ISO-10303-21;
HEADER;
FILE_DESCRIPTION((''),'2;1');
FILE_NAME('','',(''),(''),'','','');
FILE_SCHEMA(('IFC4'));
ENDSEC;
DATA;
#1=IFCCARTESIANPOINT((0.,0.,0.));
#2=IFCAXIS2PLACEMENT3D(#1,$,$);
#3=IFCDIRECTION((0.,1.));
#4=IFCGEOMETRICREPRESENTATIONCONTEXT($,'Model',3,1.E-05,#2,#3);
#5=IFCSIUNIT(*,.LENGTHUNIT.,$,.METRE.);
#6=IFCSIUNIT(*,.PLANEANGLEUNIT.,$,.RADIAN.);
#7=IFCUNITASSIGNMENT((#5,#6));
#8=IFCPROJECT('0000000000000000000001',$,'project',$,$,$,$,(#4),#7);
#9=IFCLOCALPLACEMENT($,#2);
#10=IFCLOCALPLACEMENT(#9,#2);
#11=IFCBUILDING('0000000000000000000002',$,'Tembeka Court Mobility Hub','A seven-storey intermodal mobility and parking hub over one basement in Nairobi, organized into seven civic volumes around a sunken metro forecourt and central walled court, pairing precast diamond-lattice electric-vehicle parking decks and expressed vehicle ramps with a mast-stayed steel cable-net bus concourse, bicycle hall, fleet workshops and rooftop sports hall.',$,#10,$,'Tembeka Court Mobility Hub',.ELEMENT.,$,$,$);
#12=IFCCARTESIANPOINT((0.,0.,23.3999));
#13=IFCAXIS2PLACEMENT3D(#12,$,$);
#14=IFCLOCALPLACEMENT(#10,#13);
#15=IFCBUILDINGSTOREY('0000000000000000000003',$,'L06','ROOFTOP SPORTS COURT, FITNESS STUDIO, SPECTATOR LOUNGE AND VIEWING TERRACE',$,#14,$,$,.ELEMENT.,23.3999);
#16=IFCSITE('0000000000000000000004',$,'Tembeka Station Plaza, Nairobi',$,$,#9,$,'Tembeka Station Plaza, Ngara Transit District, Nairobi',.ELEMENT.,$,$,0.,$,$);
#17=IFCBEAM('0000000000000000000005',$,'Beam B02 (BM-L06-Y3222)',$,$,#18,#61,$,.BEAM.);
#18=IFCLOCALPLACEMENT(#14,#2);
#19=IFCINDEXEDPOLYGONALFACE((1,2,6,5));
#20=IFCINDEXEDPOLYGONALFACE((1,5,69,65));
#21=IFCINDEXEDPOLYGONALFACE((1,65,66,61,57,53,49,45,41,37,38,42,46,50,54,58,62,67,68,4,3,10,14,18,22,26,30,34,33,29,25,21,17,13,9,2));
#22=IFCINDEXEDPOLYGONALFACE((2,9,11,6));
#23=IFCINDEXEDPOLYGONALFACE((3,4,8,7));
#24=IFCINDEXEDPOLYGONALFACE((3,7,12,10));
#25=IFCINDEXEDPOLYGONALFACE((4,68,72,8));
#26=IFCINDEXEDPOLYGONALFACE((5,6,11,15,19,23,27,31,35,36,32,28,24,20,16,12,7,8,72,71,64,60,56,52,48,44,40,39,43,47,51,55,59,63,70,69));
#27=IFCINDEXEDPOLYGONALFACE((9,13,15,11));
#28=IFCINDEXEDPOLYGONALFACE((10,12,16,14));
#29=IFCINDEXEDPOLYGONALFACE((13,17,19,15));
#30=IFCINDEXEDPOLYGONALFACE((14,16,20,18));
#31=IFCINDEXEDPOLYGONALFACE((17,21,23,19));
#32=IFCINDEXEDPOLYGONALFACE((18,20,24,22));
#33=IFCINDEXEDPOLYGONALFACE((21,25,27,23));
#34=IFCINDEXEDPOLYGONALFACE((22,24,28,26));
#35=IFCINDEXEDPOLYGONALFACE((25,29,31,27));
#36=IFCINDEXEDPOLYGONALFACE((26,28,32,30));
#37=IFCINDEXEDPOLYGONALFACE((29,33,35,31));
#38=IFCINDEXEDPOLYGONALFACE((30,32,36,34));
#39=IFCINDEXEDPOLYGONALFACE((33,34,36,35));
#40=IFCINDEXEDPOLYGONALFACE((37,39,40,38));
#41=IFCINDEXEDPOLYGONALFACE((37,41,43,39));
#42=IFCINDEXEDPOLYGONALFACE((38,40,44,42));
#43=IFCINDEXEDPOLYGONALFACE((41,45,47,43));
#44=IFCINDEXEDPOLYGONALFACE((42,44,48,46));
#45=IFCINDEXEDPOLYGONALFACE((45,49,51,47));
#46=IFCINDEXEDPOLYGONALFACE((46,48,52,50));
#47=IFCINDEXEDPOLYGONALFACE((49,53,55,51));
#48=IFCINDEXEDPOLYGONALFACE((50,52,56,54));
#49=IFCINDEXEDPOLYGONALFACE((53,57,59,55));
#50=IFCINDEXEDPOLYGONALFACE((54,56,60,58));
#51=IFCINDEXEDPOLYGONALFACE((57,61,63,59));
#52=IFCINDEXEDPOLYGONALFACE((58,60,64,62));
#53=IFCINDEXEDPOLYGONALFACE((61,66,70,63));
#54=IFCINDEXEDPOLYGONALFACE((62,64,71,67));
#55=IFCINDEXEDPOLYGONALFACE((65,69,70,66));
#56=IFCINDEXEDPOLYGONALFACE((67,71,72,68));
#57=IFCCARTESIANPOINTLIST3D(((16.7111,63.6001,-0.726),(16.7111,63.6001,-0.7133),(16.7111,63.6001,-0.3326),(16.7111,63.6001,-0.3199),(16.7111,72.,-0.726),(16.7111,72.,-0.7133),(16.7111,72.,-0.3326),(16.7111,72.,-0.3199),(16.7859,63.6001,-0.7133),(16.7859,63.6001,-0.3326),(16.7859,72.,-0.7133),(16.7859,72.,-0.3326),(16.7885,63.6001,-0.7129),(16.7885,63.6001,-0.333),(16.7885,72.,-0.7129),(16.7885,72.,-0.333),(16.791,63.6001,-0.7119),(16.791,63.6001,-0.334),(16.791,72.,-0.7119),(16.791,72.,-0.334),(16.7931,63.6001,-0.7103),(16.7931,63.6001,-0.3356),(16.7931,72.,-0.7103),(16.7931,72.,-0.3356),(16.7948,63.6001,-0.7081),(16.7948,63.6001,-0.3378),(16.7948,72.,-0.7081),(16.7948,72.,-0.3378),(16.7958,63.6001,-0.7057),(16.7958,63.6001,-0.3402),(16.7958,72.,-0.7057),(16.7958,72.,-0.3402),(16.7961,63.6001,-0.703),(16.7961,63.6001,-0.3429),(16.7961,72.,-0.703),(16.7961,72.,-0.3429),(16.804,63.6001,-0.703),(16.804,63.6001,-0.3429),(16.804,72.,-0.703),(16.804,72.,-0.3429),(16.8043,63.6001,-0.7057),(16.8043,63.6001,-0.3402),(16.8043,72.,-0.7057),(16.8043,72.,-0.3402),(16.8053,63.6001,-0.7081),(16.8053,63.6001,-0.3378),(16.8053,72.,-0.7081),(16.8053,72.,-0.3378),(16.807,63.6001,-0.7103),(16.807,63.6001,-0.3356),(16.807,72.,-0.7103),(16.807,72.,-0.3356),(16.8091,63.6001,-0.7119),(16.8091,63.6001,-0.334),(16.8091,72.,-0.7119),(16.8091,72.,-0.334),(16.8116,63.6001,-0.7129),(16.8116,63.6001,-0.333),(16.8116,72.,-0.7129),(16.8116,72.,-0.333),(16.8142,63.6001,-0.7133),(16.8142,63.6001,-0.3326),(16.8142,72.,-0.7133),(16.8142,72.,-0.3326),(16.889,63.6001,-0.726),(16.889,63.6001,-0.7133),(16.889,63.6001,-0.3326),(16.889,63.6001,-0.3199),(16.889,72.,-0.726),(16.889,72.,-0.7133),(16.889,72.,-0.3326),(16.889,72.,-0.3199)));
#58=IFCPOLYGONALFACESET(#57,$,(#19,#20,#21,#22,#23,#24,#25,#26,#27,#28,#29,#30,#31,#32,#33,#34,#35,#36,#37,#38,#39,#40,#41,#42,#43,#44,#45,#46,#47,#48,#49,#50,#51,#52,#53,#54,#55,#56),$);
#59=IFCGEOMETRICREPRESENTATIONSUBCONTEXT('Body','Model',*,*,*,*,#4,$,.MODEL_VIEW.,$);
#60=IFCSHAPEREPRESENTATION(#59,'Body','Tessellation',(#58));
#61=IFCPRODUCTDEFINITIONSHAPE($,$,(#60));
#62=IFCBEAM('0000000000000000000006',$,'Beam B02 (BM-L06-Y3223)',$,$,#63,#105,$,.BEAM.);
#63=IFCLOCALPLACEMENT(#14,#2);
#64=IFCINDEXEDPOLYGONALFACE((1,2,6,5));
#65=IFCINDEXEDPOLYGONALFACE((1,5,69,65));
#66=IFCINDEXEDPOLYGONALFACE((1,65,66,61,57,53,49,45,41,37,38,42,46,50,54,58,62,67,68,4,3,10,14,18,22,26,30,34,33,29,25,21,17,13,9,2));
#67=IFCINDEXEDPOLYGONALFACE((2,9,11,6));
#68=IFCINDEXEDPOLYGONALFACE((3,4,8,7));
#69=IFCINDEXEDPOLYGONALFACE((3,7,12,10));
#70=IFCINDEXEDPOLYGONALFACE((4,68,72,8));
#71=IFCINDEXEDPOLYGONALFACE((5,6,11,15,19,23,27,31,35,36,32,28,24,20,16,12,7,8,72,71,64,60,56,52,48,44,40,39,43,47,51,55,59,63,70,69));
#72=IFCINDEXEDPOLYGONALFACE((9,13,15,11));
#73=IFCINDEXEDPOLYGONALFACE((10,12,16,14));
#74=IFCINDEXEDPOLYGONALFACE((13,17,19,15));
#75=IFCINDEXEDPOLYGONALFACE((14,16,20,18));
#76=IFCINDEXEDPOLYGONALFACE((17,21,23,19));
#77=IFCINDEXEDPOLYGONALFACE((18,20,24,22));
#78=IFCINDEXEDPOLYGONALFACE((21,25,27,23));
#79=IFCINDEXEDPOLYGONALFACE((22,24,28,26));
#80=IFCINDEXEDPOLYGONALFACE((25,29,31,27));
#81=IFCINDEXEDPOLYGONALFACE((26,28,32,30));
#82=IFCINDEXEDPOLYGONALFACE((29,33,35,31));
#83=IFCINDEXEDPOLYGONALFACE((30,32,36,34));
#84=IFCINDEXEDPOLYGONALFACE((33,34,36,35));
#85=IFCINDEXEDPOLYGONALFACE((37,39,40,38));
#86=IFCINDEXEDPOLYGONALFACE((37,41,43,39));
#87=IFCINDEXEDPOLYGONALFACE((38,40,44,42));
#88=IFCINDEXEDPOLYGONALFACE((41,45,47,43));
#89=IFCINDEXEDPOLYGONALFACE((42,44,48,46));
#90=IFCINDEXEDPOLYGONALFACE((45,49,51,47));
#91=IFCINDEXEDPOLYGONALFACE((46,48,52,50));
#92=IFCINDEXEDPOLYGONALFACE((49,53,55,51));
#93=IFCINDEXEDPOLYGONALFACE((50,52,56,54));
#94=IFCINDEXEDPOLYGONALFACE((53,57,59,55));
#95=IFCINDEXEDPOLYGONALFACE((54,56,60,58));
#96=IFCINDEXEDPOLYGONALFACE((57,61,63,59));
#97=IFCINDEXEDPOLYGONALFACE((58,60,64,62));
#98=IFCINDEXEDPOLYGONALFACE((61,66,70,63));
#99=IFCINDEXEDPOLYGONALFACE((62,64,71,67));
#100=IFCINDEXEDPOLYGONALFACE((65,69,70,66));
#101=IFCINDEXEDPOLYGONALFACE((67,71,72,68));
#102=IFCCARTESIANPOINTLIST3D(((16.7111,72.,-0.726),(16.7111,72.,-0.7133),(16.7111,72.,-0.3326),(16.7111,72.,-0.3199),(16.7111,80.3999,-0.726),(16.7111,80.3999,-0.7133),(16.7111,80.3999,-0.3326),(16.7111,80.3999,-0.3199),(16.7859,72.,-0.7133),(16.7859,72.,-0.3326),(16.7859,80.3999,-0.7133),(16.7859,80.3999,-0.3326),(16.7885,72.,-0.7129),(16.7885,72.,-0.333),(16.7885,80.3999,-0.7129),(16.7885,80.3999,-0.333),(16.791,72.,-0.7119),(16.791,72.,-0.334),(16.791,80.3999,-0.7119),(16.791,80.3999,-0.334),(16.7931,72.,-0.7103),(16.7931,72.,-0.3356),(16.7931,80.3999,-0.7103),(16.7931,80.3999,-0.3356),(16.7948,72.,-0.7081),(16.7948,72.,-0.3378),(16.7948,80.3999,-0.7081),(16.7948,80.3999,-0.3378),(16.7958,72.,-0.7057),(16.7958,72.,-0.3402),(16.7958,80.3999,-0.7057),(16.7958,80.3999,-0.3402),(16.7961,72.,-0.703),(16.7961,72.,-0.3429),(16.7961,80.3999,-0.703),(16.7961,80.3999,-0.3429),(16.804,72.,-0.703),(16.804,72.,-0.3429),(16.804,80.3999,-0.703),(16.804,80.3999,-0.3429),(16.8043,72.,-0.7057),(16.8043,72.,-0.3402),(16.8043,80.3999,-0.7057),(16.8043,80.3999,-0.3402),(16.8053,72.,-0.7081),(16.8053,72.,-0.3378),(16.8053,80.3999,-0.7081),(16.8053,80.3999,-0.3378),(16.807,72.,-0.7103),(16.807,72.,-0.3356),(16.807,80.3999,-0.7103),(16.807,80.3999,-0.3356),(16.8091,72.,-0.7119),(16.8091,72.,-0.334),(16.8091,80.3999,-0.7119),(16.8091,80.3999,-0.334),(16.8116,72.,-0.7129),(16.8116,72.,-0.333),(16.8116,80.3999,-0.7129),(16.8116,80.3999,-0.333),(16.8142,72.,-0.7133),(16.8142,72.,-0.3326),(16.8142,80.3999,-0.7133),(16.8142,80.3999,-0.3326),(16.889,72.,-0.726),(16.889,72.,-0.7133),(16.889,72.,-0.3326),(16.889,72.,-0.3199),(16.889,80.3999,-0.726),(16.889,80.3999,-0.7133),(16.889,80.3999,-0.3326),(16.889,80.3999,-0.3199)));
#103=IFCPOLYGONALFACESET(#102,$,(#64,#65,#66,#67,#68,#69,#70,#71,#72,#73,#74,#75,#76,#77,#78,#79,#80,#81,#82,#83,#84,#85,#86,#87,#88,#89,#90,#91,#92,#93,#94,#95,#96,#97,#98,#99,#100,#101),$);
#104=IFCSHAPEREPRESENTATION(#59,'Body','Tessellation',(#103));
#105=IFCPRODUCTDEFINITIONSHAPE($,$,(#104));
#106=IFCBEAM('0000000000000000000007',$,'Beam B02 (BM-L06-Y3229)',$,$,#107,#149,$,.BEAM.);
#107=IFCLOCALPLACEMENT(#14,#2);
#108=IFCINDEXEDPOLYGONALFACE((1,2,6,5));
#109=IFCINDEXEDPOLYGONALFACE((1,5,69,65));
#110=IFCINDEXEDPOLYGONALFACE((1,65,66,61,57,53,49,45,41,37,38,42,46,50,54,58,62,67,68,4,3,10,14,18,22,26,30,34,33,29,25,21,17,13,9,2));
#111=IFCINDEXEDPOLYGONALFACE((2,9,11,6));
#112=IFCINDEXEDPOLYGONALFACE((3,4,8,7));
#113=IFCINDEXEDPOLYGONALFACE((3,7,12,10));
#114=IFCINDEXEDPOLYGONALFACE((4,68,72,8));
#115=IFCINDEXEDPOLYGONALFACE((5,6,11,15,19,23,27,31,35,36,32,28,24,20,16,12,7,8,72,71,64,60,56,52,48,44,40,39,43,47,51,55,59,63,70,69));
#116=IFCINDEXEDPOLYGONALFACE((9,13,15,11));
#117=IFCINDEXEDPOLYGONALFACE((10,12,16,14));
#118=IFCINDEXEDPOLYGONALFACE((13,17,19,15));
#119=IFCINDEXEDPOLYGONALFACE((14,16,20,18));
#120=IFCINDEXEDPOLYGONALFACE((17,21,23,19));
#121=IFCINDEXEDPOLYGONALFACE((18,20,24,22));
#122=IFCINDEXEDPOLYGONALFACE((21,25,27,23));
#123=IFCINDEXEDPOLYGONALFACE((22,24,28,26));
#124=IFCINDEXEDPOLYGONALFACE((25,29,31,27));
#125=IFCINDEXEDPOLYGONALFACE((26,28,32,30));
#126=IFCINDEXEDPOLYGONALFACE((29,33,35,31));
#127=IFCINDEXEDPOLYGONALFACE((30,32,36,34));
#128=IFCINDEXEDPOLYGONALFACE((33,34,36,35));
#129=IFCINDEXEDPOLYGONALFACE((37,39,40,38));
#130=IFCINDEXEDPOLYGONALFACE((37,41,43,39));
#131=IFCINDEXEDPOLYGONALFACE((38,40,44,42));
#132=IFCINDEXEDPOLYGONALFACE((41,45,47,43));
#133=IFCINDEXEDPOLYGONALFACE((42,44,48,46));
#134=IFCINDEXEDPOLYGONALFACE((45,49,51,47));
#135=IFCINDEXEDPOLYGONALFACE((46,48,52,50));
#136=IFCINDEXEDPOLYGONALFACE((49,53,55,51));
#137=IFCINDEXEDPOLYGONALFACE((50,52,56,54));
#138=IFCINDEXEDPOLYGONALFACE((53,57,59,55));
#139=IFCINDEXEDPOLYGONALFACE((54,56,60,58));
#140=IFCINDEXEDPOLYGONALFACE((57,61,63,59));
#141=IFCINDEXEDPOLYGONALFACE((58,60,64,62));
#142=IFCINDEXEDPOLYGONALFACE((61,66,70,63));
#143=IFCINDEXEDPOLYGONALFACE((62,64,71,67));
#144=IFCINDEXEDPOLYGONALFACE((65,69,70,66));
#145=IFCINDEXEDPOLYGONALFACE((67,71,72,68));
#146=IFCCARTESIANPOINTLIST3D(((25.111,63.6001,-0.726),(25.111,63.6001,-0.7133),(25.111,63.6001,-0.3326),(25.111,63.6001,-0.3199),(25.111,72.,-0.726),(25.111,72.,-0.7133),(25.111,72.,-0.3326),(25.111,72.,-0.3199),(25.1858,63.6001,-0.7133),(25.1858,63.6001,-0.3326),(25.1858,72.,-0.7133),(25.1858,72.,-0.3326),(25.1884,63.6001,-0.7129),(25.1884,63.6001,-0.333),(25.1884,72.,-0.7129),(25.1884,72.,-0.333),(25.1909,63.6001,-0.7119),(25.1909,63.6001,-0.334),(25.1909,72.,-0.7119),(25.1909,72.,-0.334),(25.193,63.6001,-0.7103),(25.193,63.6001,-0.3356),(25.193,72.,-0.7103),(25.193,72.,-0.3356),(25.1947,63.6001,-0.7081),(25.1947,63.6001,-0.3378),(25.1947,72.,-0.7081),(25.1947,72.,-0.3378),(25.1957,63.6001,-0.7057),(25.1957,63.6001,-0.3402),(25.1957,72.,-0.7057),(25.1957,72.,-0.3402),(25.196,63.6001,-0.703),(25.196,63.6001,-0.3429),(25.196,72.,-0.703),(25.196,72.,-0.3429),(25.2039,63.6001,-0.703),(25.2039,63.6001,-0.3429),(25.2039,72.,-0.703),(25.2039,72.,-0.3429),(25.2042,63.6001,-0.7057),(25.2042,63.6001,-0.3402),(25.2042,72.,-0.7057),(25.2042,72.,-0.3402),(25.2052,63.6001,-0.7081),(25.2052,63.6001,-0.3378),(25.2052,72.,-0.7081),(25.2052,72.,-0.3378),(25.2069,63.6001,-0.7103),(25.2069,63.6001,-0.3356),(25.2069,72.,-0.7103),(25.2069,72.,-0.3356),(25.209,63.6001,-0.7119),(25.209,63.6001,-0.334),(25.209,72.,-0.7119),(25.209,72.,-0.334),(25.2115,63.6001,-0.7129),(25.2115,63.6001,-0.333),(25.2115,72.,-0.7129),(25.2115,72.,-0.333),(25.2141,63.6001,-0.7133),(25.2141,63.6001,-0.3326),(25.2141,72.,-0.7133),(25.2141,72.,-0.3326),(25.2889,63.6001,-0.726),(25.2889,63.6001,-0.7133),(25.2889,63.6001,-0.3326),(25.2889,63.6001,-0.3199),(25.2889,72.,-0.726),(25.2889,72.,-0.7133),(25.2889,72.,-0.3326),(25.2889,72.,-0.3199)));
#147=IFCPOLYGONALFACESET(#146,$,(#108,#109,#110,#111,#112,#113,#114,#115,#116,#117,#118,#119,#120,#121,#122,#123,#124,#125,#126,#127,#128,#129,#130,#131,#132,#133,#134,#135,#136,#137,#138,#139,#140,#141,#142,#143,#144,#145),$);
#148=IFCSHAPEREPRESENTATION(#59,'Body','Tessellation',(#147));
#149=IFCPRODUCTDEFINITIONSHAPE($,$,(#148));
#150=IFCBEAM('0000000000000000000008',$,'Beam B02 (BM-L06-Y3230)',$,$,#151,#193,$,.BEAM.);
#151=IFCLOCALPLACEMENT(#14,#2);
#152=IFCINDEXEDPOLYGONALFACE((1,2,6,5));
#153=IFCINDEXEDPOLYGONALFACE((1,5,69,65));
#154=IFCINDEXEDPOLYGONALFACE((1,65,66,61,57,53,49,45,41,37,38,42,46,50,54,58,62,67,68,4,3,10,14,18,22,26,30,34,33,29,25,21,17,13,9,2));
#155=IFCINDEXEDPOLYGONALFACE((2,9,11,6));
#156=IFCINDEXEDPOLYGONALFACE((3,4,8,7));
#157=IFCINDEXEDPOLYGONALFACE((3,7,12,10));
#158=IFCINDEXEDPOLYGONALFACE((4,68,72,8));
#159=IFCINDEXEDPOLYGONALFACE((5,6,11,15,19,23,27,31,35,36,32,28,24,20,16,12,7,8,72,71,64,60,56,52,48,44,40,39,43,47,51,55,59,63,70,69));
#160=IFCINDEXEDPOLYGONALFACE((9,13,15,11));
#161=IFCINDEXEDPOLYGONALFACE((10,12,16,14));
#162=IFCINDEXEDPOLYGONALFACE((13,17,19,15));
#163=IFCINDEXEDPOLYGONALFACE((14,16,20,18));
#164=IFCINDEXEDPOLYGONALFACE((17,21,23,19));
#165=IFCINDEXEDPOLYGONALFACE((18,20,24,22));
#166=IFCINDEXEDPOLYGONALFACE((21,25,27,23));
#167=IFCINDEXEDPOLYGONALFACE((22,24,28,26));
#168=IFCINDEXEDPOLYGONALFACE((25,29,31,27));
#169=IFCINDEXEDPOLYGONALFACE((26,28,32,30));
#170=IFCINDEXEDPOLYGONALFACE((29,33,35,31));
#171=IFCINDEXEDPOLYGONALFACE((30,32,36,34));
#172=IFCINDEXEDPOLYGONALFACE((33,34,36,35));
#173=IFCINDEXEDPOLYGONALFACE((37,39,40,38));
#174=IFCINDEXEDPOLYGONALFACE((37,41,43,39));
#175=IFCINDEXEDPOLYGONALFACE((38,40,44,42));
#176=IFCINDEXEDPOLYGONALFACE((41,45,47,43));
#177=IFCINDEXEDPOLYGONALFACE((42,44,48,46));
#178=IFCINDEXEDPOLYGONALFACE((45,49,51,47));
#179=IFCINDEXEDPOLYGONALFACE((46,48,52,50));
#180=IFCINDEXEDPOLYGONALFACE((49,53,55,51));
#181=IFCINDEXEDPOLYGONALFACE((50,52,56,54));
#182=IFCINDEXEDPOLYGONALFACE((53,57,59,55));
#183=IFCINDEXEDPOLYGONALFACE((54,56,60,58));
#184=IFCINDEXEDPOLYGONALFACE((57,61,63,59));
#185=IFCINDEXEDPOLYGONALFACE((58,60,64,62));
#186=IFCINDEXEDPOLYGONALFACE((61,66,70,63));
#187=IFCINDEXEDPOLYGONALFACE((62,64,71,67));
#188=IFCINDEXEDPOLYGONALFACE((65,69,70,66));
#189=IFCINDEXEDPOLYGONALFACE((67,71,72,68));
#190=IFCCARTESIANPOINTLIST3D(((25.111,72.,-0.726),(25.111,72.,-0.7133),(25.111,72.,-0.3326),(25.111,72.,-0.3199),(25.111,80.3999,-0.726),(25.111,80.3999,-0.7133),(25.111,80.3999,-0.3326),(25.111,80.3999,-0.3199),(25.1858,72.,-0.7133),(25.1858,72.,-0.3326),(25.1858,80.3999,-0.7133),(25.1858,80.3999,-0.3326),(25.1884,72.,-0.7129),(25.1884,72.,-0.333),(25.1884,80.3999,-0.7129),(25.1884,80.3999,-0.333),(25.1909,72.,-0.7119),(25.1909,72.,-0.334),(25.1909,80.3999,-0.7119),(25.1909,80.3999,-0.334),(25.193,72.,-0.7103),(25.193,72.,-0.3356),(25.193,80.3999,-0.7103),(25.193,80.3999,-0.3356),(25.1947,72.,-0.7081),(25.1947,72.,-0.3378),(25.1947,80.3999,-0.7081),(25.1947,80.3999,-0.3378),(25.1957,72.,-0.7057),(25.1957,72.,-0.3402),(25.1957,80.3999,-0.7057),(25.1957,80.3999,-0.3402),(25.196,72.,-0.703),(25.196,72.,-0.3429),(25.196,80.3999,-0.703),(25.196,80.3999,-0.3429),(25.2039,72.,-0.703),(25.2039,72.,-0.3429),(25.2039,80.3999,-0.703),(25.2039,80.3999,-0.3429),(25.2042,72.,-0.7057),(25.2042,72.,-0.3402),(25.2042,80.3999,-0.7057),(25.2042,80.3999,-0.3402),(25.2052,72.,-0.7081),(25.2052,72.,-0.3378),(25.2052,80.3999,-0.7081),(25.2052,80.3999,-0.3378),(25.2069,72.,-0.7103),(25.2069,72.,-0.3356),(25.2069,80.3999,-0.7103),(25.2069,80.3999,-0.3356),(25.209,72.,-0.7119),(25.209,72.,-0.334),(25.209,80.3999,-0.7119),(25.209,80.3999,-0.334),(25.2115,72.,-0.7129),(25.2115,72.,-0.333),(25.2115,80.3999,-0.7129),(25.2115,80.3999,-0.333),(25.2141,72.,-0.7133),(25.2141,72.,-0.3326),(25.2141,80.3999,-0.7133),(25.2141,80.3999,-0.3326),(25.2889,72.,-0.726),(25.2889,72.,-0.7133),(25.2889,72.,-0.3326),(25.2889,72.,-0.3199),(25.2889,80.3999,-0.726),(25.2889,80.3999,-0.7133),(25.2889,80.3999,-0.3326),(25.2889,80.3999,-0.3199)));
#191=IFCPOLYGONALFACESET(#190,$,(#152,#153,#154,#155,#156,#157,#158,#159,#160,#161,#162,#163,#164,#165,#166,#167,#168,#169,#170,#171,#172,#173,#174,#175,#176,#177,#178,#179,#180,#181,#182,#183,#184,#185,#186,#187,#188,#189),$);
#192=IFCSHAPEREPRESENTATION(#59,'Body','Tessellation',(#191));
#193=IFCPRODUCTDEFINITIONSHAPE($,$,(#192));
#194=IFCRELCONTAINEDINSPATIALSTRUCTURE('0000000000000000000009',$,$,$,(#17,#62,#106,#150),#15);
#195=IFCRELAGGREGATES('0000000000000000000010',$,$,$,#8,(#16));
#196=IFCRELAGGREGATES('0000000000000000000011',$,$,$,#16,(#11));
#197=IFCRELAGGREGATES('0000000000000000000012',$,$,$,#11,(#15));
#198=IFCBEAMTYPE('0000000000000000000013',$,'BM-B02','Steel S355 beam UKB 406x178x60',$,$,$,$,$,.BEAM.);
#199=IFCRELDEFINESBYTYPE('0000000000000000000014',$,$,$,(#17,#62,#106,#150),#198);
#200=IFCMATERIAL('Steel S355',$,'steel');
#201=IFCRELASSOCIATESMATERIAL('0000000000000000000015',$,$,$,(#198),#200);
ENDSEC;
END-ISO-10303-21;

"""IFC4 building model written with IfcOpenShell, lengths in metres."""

from ifc_helpers import new_model, si_unit, direction, frame, origin, origin_2d, place, context, subcontext, project, spatial, i_section, extrude, material, material_profile, profile_set, type_object, element, save


model = new_model("IFC4")

# Units and contexts
model_context = context("Model", 3, precision=1e-05, world=origin(), true_north=direction((0.0, 1.0)))
body_context = subcontext(model_context, "Body", "Model", "MODEL_VIEW")
ifc_project = project(units=[si_unit("LENGTHUNIT", "METRE"), si_unit("PLANEANGLEUNIT", "RADIAN")], contexts=[model_context])

# Site, building, storey
site_placement = place(None, origin())
site = spatial("IfcSite", under=ifc_project, at=site_placement, Name="Tembeka Station Plaza, Nairobi", LongName="Tembeka Station Plaza, Ngara Transit District, Nairobi", CompositionType="ELEMENT", RefElevation=0.0)
building_placement = place(site_placement, origin())
building = spatial("IfcBuilding", under=site, at=building_placement, Name="Tembeka Court Mobility Hub", Description="A seven-storey intermodal mobility and parking hub over one basement in Nairobi, organized into seven civic volumes around a sunken metro forecourt and central walled court, pairing precast diamond-lattice electric-vehicle parking decks and expressed vehicle ramps with a mast-stayed steel cable-net bus concourse, bicycle hall, fleet workshops and rooftop sports hall.", LongName="Tembeka Court Mobility Hub", CompositionType="ELEMENT")
storey_placement = place(building_placement, frame((0.0, 0.0, 23.3999)))
storey = spatial("IfcBuildingStorey", under=building, at=storey_placement, Name="L06", Description="ROOFTOP SPORTS COURT, FITNESS STUDIO, SPECTATOR LOUNGE AND VIEWING TERRACE", CompositionType="ELEMENT", Elevation=23.3999)

# Beams
ifc_material_1 = material(Name="Steel S355", Category="steel")
ifc_material_profile_1 = material_profile(ifc_material_1, i_section(OverallWidth=0.178, OverallDepth=0.406, WebThickness=0.0078, FlangeThickness=0.0127, FilletRadius=0.0103, at=origin_2d()), Name="UKB 406x178x60")
ifc_profile_set_1 = profile_set([ifc_material_profile_1], Name="Steel S355")
beam_type_1 = type_object("IfcBeamType", Name="BM-B02", Description="Steel S355 beam UKB 406x178x60", PredefinedType="BEAM", material=ifc_profile_set_1)
for number, where, z_axis, x_axis, name in (
    (1, (16.8, 63.6001, -0.5229), (0.0, 1.0, 0.0), (-1.0, 0.0, 0.0), "Beam B02 (BM-L06-Y3222)"),
    (2, (16.8, 72.0, -0.5229), (0.0, 1.0, 0.0), (-1.0, 0.0, 0.0), "Beam B02 (BM-L06-Y3223)"),
    (3, (25.2, 63.6001, -0.5229), (0.0, 1.0, 0.0), (-1.0, 0.0, 0.0), "Beam B02 (BM-L06-Y3229)"),
    (4, (25.2, 72.0, -0.5229), (0.0, 1.0, 0.0), (-1.0, 0.0, 0.0), "Beam B02 (BM-L06-Y3230)"),
):
    element("IfcBeam", number, at=place(storey_placement, frame(where, z_axis=z_axis, x_axis=x_axis)), inside=storey, type_object=beam_type_1, Name=name, PredefinedType="BEAM", context=body_context, shape_type="SweptSolid", body=[
        extrude(i_section(OverallWidth=0.178, OverallDepth=0.406, WebThickness=0.0078, FlangeThickness=0.0127, FilletRadius=0.0103, at=origin_2d()), origin(), (0.0, 0.0, 1.0), 8.3999),
    ])

save(model, "model.ifc")
